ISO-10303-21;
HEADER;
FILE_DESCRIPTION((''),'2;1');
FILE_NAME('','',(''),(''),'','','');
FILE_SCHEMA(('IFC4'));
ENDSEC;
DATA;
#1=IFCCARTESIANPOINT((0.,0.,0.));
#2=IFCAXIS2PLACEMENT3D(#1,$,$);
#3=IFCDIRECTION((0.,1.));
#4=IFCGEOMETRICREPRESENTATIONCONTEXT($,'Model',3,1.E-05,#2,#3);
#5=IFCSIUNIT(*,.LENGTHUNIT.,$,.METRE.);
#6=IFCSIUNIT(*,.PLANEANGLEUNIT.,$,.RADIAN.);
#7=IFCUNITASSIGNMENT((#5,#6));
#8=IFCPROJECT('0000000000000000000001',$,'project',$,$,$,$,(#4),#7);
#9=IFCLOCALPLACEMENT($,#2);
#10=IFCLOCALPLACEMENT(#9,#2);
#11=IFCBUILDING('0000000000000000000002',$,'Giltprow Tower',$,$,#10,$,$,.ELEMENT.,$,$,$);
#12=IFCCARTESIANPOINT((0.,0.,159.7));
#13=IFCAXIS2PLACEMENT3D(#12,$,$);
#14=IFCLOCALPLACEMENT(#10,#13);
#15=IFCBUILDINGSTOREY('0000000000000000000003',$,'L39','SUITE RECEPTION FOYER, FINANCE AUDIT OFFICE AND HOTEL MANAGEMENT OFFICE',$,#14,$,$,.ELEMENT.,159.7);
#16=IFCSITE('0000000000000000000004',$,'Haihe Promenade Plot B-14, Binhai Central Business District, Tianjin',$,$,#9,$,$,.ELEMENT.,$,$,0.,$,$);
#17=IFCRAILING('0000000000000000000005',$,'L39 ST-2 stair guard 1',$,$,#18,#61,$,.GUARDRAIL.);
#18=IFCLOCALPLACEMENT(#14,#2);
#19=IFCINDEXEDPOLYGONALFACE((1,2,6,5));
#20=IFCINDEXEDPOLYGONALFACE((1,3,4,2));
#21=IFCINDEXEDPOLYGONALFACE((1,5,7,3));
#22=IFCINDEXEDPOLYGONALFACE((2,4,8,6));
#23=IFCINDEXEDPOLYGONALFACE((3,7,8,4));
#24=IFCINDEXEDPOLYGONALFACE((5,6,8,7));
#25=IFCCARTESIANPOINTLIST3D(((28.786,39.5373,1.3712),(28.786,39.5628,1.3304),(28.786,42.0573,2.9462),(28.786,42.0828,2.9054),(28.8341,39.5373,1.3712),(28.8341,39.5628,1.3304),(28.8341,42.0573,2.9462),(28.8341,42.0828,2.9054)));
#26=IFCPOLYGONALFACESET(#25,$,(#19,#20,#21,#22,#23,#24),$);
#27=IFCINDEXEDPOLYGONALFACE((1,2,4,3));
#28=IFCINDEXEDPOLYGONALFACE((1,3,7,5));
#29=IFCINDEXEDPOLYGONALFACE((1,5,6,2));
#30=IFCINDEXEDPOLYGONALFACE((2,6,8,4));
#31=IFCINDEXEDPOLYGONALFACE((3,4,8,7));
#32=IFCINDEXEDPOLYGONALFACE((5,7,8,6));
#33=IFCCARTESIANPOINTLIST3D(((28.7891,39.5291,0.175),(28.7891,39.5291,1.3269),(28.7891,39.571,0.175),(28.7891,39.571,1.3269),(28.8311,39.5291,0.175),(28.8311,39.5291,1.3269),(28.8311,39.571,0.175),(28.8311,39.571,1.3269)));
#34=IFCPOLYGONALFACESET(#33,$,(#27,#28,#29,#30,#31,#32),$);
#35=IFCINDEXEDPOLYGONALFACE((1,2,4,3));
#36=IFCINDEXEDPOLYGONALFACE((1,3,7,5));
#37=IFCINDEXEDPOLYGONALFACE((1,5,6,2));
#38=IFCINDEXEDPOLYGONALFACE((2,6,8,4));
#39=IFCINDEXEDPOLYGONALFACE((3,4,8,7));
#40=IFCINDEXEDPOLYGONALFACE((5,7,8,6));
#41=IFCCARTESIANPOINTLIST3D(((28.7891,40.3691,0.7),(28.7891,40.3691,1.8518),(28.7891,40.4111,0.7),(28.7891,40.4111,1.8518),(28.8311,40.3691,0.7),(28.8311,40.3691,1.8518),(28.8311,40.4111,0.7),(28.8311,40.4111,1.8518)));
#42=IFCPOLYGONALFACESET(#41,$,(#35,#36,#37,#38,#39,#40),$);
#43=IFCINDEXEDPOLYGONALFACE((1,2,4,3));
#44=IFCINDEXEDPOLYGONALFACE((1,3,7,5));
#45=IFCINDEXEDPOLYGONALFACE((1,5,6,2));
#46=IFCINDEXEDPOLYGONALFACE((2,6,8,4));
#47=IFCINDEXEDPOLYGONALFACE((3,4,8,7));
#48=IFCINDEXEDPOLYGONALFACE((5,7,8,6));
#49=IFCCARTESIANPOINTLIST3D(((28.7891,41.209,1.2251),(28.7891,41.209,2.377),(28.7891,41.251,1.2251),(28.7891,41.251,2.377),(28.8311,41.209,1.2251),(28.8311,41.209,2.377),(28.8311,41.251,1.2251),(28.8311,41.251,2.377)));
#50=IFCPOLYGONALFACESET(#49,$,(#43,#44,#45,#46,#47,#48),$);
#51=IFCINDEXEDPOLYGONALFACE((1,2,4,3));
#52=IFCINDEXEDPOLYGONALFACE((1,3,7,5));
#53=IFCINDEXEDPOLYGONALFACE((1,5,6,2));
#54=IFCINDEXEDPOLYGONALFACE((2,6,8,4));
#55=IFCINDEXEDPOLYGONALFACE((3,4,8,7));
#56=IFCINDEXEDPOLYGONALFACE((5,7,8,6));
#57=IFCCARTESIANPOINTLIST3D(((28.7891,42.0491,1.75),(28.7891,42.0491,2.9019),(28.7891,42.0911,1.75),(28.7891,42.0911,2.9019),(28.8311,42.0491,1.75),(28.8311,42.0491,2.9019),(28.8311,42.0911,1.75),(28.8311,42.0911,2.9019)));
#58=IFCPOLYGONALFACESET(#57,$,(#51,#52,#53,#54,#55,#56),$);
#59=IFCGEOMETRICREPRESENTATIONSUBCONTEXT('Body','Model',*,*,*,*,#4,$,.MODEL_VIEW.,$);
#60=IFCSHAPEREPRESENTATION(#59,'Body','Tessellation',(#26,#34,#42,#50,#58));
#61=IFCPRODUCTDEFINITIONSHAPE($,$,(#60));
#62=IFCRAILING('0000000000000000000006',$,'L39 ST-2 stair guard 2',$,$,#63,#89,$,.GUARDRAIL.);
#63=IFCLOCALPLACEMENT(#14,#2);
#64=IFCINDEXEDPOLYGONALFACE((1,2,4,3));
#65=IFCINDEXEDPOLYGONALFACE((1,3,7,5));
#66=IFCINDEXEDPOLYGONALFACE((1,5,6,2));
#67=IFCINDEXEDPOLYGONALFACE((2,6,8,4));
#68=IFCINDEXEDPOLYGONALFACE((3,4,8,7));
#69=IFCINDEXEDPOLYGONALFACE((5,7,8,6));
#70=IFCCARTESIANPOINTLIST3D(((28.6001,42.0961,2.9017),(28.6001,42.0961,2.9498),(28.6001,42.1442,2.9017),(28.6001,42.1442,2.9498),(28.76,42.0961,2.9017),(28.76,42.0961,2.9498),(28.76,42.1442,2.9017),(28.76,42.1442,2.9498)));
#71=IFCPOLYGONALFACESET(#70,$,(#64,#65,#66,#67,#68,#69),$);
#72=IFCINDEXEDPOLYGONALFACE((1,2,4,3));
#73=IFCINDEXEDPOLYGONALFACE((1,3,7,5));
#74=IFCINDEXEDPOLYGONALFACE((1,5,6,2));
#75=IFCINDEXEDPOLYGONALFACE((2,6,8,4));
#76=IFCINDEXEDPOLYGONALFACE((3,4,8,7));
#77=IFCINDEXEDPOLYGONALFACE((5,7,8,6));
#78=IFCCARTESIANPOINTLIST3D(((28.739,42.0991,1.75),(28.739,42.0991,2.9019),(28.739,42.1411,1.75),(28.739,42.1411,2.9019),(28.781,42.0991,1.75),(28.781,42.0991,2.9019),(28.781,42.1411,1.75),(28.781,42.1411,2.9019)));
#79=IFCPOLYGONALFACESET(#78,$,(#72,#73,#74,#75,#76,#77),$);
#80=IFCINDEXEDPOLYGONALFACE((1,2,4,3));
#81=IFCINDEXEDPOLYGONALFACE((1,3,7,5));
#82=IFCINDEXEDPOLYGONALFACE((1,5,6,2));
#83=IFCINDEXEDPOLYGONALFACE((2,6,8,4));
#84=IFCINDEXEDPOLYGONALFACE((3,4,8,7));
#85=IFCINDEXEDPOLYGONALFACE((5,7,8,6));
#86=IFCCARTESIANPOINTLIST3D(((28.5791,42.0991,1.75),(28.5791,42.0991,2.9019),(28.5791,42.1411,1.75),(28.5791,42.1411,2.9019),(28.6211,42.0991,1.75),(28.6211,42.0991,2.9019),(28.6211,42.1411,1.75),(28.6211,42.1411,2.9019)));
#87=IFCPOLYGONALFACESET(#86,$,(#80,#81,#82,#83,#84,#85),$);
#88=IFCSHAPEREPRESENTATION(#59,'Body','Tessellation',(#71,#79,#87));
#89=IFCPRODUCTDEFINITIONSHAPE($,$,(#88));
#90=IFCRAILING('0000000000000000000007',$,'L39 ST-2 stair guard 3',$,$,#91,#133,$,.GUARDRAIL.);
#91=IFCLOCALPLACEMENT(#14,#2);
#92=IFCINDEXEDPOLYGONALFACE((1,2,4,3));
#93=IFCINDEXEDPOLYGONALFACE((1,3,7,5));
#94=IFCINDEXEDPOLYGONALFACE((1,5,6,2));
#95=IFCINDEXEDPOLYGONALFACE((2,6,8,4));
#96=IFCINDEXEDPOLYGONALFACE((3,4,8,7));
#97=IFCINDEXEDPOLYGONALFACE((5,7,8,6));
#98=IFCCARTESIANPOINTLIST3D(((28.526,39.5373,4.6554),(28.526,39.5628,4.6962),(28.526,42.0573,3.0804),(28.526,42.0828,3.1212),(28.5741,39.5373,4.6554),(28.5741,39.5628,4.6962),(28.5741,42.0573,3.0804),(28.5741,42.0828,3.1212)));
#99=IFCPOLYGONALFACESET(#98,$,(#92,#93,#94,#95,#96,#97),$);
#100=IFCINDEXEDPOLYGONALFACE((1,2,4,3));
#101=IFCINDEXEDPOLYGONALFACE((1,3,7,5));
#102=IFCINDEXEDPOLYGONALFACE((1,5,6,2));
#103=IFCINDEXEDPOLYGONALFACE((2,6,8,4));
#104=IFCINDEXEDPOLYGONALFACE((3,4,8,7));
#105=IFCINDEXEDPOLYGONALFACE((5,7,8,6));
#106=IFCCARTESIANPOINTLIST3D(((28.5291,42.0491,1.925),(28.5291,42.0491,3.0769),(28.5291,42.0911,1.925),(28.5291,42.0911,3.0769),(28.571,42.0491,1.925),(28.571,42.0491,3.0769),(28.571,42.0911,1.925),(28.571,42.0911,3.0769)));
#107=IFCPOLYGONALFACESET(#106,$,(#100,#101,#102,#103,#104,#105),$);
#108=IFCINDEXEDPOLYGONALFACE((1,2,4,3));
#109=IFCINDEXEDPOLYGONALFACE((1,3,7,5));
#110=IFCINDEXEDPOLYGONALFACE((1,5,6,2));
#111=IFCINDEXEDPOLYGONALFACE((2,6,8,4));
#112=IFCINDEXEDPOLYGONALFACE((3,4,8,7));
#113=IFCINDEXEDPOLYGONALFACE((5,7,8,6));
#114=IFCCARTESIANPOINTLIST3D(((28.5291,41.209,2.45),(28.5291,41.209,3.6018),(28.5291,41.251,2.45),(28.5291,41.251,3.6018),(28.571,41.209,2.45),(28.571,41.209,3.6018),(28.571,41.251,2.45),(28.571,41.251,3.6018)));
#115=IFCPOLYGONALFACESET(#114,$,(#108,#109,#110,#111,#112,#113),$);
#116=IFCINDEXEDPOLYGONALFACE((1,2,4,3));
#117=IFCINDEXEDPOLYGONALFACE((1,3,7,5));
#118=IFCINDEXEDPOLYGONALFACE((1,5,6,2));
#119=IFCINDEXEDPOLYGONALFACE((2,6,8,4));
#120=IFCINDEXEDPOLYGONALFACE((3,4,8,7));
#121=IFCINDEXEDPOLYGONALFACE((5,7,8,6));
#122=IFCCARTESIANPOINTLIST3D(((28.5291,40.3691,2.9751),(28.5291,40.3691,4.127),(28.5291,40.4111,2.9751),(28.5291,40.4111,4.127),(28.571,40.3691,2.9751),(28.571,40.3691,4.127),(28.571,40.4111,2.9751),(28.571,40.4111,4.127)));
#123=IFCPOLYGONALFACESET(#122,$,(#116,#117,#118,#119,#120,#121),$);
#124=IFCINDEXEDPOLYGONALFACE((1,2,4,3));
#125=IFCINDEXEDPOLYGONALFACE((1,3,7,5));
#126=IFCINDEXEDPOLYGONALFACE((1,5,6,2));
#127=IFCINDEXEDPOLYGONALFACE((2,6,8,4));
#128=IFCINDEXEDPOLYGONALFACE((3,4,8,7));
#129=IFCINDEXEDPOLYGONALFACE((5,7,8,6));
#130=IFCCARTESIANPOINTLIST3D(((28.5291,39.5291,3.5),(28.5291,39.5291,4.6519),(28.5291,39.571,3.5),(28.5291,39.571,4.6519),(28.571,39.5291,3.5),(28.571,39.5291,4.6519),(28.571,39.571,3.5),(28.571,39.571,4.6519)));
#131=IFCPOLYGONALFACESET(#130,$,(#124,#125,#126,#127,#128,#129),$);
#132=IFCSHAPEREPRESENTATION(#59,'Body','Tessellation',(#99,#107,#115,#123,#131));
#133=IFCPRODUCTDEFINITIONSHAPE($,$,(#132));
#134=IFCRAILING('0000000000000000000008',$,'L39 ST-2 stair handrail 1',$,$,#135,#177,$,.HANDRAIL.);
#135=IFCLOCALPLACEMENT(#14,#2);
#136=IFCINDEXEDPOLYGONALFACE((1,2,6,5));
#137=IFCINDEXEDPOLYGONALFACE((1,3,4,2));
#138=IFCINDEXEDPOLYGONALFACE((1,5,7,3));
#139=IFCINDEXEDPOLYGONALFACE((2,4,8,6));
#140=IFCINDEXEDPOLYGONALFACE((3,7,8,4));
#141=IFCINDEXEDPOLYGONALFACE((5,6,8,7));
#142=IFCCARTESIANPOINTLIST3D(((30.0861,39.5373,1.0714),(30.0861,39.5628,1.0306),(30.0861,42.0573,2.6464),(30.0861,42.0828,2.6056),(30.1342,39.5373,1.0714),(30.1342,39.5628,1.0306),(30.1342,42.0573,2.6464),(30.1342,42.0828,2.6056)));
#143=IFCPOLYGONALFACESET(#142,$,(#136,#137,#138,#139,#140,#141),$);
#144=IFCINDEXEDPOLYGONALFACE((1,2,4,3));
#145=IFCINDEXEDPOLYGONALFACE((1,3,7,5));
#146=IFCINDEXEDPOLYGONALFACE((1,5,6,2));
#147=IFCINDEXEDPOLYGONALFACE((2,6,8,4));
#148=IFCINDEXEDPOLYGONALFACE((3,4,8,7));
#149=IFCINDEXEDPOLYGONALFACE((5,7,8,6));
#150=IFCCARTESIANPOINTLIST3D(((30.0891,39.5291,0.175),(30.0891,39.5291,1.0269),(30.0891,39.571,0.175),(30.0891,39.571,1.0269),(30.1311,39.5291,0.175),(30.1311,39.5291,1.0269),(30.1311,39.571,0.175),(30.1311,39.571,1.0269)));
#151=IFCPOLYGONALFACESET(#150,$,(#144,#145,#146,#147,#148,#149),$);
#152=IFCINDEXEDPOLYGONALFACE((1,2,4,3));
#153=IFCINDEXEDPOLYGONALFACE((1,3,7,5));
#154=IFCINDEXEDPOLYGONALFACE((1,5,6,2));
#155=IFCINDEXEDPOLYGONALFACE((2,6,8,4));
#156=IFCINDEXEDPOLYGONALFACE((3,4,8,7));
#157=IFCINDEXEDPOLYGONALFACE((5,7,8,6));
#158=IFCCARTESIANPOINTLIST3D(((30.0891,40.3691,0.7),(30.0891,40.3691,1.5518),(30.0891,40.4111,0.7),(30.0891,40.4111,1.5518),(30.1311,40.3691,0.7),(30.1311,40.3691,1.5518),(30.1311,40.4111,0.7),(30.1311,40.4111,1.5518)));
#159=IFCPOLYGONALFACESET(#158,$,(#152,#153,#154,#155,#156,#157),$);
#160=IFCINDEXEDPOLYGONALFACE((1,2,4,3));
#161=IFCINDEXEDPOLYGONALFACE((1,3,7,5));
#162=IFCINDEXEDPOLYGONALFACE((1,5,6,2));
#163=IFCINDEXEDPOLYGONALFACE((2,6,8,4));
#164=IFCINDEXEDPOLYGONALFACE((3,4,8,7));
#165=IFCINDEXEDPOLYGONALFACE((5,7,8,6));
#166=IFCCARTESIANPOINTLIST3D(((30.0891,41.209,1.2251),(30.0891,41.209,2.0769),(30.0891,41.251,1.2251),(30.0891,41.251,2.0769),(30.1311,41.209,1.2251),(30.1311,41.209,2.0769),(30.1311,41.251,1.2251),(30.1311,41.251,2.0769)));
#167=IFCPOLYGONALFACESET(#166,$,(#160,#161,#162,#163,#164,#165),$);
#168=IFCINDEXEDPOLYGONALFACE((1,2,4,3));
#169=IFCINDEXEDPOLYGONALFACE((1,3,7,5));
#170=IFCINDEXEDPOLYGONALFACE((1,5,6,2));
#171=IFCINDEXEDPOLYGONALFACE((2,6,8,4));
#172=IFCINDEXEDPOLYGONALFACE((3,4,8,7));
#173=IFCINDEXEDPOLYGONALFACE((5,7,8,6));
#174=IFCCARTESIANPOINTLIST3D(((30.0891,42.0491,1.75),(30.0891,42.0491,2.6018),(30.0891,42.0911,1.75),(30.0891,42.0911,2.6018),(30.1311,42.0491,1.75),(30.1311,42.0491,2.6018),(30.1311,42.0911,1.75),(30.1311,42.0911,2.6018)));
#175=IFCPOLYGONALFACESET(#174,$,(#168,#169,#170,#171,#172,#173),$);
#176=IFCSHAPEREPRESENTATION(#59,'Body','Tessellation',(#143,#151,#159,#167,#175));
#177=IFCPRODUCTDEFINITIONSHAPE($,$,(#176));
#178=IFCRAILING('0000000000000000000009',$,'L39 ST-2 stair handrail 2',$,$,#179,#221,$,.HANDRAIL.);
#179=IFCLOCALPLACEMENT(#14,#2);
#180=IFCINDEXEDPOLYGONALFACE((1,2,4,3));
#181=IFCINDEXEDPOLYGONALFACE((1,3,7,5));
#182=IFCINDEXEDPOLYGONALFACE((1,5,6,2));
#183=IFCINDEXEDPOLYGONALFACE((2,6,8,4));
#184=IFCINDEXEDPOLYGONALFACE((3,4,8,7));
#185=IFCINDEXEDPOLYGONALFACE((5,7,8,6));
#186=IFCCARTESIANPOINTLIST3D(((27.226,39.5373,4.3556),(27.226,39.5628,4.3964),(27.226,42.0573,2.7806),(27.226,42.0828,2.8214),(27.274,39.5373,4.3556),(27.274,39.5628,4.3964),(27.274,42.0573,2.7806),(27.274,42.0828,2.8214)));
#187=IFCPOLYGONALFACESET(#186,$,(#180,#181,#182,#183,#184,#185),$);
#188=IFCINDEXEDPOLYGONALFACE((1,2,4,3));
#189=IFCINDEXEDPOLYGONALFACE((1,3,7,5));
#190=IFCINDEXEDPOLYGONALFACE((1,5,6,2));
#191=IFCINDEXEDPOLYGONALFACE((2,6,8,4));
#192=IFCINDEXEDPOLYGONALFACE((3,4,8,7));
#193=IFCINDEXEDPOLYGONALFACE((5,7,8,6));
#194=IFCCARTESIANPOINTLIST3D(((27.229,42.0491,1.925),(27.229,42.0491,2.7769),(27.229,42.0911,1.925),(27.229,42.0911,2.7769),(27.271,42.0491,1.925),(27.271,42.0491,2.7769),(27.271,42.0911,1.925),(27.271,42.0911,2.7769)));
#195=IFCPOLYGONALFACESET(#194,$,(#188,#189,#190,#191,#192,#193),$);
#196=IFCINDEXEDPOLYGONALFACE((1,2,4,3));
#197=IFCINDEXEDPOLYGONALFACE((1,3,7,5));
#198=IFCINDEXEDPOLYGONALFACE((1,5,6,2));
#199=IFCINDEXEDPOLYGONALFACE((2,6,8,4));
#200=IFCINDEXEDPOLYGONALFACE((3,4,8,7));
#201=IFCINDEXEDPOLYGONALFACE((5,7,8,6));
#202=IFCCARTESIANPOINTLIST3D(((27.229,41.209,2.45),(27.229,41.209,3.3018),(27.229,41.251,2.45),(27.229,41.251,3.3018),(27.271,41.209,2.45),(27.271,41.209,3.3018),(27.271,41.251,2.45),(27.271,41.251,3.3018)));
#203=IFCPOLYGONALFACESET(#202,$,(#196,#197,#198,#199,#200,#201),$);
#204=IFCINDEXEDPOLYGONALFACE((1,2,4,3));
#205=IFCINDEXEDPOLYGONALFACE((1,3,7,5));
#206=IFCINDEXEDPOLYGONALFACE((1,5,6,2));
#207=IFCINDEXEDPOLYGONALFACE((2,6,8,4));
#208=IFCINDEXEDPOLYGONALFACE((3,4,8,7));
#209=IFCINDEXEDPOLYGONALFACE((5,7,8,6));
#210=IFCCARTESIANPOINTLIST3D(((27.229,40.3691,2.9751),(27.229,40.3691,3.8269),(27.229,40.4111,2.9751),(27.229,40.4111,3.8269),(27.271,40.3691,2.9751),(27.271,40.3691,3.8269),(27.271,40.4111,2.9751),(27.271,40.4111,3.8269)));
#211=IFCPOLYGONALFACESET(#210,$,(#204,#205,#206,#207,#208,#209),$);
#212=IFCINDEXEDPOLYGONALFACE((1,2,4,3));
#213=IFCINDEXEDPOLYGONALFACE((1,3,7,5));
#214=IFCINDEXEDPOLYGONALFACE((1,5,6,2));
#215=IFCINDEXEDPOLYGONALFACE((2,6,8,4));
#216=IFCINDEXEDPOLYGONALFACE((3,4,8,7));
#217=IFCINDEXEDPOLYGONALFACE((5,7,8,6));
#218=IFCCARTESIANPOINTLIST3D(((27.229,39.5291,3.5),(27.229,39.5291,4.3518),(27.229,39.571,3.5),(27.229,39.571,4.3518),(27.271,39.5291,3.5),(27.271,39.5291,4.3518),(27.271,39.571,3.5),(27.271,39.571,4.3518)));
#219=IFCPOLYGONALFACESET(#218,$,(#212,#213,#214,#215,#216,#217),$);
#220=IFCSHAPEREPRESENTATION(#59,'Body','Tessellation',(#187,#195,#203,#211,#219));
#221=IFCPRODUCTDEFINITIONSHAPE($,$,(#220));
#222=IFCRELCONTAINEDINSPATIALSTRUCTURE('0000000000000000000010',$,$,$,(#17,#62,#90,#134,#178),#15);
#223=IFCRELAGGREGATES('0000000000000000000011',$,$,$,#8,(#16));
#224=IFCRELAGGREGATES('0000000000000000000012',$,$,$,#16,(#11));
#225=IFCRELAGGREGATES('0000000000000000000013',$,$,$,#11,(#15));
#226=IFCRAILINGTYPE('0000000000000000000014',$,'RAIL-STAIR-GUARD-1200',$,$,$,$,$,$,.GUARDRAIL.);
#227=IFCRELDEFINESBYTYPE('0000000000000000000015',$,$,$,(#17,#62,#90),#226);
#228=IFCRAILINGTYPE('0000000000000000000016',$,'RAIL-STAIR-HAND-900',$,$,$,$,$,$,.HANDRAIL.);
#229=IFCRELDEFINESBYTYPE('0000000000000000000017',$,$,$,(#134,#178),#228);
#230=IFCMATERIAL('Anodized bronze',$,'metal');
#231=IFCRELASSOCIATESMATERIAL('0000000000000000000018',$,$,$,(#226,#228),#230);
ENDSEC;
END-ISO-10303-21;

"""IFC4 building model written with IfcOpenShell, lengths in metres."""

from ifc_helpers import new_model, si_unit, direction, frame, origin, origin_2d, place, context, subcontext, project, spatial, rectangle, extrude, material, type_object, element, save


model = new_model("IFC4")

# Units and contexts
model_context = context("Model", 3, precision=1e-05, world=origin(), true_north=direction((0.0, 1.0)))
body_context = subcontext(model_context, "Body", "Model", "MODEL_VIEW")
ifc_project = project(units=[si_unit("LENGTHUNIT", "METRE"), si_unit("PLANEANGLEUNIT", "RADIAN")], contexts=[model_context])

# Site, building, storey
site_placement = place(None, origin())
site = spatial("IfcSite", under=ifc_project, at=site_placement, Name="Haihe Promenade Plot B-14, Binhai Central Business District, Tianjin", CompositionType="ELEMENT", RefElevation=0.0)
building_placement = place(site_placement, origin())
building = spatial("IfcBuilding", under=site, at=building_placement, Name="Giltprow Tower", CompositionType="ELEMENT")
storey_placement = place(building_placement, frame((0.0, 0.0, 159.7)))
storey = spatial("IfcBuildingStorey", under=building, at=storey_placement, Name="L39", Description="SUITE RECEPTION FOYER, FINANCE AUDIT OFFICE AND HOTEL MANAGEMENT OFFICE", CompositionType="ELEMENT", Elevation=159.7)

# Railings
ifc_material_1 = material(Name="Anodized bronze", Category="metal")
railing_type_1 = type_object("IfcRailingType", Name="RAIL-STAIR-GUARD-1200", PredefinedType="GUARDRAIL", material=ifc_material_1)
railing_1_placement = place(storey_placement, frame((28.8101, 39.55, 0.175)))
element("IfcRailing", 1, at=railing_1_placement, inside=storey, type_object=railing_type_1, Name="L39 ST-2 stair guard 1", PredefinedType="GUARDRAIL", context=body_context, shape_type="SweptSolid", body=[
    extrude(rectangle(XDim=0.0481, YDim=0.0481, at=origin_2d()), frame((0.0, 0.0, 1.1758), z_axis=(0.0, 0.848008, 0.529984), x_axis=(-1.0, 0.0, 0.0)), (0.0, 0.0, 1.0), 2.9717),
    extrude(rectangle(XDim=0.042, YDim=0.042, at=origin_2d()), origin(), (0.0, 0.0, 1.0), 1.1519),
    extrude(rectangle(XDim=0.042, YDim=0.042, at=origin_2d()), frame((0.0, 0.8401, 0.5249)), (0.0, 0.0, 1.0), 1.1519),
    extrude(rectangle(XDim=0.042, YDim=0.042, at=origin_2d()), frame((0.0, 1.6799, 1.05)), (0.0, 0.0, 1.0), 1.1519),
    extrude(rectangle(XDim=0.042, YDim=0.042, at=origin_2d()), frame((0.0, 2.52, 1.575)), (0.0, 0.0, 1.0), 1.1519),
])
railing_2_placement = place(storey_placement, frame((28.76, 42.1201, 1.75)))
element("IfcRailing", 2, at=railing_2_placement, inside=storey, type_object=railing_type_1, Name="L39 ST-2 stair guard 2", PredefinedType="GUARDRAIL", context=body_context, shape_type="SweptSolid", body=[
    extrude(rectangle(XDim=0.0481, YDim=0.0481, at=origin_2d()), frame((0.0, 0.0, 1.1758), z_axis=(-1.0, 0.0, 0.0), x_axis=(0.0, -1.0, 0.0)), (0.0, 0.0, 1.0), 0.1599),
    extrude(rectangle(XDim=0.042, YDim=0.042, at=origin_2d()), origin(), (0.0, 0.0, 1.0), 1.1519),
    extrude(rectangle(XDim=0.042, YDim=0.042, at=origin_2d()), frame((-0.1599, 0.0, 0.0)), (0.0, 0.0, 1.0), 1.1519),
])
railing_3_placement = place(storey_placement, frame((28.55, 42.0701, 1.925)))
element("IfcRailing", 3, at=railing_3_placement, inside=storey, type_object=railing_type_1, Name="L39 ST-2 stair guard 3", PredefinedType="GUARDRAIL", context=body_context, shape_type="SweptSolid", body=[
    extrude(rectangle(XDim=0.0481, YDim=0.0481, at=origin_2d()), frame((0.0, 0.0, 1.1758), z_axis=(0.0, -0.848008, 0.529984), x_axis=(1.0, 0.0, 0.0)), (0.0, 0.0, 1.0), 2.9717),
    extrude(rectangle(XDim=0.042, YDim=0.042, at=origin_2d()), origin(), (0.0, 0.0, 1.0), 1.1519),
    extrude(rectangle(XDim=0.042, YDim=0.042, at=origin_2d()), frame((0.0, -0.8401, 0.5249)), (0.0, 0.0, 1.0), 1.1519),
    extrude(rectangle(XDim=0.042, YDim=0.042, at=origin_2d()), frame((0.0, -1.6799, 1.05)), (0.0, 0.0, 1.0), 1.1519),
    extrude(rectangle(XDim=0.042, YDim=0.042, at=origin_2d()), frame((0.0, -2.52, 1.575)), (0.0, 0.0, 1.0), 1.1519),
])
railing_type_2 = type_object("IfcRailingType", Name="RAIL-STAIR-HAND-900", PredefinedType="HANDRAIL", material=ifc_material_1)
railing_4_placement = place(storey_placement, frame((30.1101, 39.55, 0.175)))
element("IfcRailing", 4, at=railing_4_placement, inside=storey, type_object=railing_type_2, Name="L39 ST-2 stair handrail 1", PredefinedType="HANDRAIL", context=body_context, shape_type="SweptSolid", body=[
    extrude(rectangle(XDim=0.0481, YDim=0.0481, at=origin_2d()), frame((0.0, 0.0, 0.876), z_axis=(0.0, 0.848008, 0.529984), x_axis=(-1.0, 0.0, 0.0)), (0.0, 0.0, 1.0), 2.9717),
    extrude(rectangle(XDim=0.042, YDim=0.042, at=origin_2d()), origin(), (0.0, 0.0, 1.0), 0.8518),
    extrude(rectangle(XDim=0.042, YDim=0.042, at=origin_2d()), frame((0.0, 0.8401, 0.5249)), (0.0, 0.0, 1.0), 0.8518),
    extrude(rectangle(XDim=0.042, YDim=0.042, at=origin_2d()), frame((0.0, 1.6799, 1.05)), (0.0, 0.0, 1.0), 0.8518),
    extrude(rectangle(XDim=0.042, YDim=0.042, at=origin_2d()), frame((0.0, 2.52, 1.575)), (0.0, 0.0, 1.0), 0.8518),
])
railing_5_placement = place(storey_placement, frame((27.25, 42.0701, 1.925)))
element("IfcRailing", 5, at=railing_5_placement, inside=storey, type_object=railing_type_2, Name="L39 ST-2 stair handrail 2", PredefinedType="HANDRAIL", context=body_context, shape_type="SweptSolid", body=[
    extrude(rectangle(XDim=0.0481, YDim=0.0481, at=origin_2d()), frame((0.0, 0.0, 0.876), z_axis=(0.0, -0.848008, 0.529984), x_axis=(1.0, 0.0, 0.0)), (0.0, 0.0, 1.0), 2.9717),
    extrude(rectangle(XDim=0.042, YDim=0.042, at=origin_2d()), origin(), (0.0, 0.0, 1.0), 0.8518),
    extrude(rectangle(XDim=0.042, YDim=0.042, at=origin_2d()), frame((0.0, -0.8401, 0.5249)), (0.0, 0.0, 1.0), 0.8518),
    extrude(rectangle(XDim=0.042, YDim=0.042, at=origin_2d()), frame((0.0, -1.6799, 1.05)), (0.0, 0.0, 1.0), 0.8518),
    extrude(rectangle(XDim=0.042, YDim=0.042, at=origin_2d()), frame((0.0, -2.52, 1.575)), (0.0, 0.0, 1.0), 0.8518),
])

save(model, "model.ifc")
